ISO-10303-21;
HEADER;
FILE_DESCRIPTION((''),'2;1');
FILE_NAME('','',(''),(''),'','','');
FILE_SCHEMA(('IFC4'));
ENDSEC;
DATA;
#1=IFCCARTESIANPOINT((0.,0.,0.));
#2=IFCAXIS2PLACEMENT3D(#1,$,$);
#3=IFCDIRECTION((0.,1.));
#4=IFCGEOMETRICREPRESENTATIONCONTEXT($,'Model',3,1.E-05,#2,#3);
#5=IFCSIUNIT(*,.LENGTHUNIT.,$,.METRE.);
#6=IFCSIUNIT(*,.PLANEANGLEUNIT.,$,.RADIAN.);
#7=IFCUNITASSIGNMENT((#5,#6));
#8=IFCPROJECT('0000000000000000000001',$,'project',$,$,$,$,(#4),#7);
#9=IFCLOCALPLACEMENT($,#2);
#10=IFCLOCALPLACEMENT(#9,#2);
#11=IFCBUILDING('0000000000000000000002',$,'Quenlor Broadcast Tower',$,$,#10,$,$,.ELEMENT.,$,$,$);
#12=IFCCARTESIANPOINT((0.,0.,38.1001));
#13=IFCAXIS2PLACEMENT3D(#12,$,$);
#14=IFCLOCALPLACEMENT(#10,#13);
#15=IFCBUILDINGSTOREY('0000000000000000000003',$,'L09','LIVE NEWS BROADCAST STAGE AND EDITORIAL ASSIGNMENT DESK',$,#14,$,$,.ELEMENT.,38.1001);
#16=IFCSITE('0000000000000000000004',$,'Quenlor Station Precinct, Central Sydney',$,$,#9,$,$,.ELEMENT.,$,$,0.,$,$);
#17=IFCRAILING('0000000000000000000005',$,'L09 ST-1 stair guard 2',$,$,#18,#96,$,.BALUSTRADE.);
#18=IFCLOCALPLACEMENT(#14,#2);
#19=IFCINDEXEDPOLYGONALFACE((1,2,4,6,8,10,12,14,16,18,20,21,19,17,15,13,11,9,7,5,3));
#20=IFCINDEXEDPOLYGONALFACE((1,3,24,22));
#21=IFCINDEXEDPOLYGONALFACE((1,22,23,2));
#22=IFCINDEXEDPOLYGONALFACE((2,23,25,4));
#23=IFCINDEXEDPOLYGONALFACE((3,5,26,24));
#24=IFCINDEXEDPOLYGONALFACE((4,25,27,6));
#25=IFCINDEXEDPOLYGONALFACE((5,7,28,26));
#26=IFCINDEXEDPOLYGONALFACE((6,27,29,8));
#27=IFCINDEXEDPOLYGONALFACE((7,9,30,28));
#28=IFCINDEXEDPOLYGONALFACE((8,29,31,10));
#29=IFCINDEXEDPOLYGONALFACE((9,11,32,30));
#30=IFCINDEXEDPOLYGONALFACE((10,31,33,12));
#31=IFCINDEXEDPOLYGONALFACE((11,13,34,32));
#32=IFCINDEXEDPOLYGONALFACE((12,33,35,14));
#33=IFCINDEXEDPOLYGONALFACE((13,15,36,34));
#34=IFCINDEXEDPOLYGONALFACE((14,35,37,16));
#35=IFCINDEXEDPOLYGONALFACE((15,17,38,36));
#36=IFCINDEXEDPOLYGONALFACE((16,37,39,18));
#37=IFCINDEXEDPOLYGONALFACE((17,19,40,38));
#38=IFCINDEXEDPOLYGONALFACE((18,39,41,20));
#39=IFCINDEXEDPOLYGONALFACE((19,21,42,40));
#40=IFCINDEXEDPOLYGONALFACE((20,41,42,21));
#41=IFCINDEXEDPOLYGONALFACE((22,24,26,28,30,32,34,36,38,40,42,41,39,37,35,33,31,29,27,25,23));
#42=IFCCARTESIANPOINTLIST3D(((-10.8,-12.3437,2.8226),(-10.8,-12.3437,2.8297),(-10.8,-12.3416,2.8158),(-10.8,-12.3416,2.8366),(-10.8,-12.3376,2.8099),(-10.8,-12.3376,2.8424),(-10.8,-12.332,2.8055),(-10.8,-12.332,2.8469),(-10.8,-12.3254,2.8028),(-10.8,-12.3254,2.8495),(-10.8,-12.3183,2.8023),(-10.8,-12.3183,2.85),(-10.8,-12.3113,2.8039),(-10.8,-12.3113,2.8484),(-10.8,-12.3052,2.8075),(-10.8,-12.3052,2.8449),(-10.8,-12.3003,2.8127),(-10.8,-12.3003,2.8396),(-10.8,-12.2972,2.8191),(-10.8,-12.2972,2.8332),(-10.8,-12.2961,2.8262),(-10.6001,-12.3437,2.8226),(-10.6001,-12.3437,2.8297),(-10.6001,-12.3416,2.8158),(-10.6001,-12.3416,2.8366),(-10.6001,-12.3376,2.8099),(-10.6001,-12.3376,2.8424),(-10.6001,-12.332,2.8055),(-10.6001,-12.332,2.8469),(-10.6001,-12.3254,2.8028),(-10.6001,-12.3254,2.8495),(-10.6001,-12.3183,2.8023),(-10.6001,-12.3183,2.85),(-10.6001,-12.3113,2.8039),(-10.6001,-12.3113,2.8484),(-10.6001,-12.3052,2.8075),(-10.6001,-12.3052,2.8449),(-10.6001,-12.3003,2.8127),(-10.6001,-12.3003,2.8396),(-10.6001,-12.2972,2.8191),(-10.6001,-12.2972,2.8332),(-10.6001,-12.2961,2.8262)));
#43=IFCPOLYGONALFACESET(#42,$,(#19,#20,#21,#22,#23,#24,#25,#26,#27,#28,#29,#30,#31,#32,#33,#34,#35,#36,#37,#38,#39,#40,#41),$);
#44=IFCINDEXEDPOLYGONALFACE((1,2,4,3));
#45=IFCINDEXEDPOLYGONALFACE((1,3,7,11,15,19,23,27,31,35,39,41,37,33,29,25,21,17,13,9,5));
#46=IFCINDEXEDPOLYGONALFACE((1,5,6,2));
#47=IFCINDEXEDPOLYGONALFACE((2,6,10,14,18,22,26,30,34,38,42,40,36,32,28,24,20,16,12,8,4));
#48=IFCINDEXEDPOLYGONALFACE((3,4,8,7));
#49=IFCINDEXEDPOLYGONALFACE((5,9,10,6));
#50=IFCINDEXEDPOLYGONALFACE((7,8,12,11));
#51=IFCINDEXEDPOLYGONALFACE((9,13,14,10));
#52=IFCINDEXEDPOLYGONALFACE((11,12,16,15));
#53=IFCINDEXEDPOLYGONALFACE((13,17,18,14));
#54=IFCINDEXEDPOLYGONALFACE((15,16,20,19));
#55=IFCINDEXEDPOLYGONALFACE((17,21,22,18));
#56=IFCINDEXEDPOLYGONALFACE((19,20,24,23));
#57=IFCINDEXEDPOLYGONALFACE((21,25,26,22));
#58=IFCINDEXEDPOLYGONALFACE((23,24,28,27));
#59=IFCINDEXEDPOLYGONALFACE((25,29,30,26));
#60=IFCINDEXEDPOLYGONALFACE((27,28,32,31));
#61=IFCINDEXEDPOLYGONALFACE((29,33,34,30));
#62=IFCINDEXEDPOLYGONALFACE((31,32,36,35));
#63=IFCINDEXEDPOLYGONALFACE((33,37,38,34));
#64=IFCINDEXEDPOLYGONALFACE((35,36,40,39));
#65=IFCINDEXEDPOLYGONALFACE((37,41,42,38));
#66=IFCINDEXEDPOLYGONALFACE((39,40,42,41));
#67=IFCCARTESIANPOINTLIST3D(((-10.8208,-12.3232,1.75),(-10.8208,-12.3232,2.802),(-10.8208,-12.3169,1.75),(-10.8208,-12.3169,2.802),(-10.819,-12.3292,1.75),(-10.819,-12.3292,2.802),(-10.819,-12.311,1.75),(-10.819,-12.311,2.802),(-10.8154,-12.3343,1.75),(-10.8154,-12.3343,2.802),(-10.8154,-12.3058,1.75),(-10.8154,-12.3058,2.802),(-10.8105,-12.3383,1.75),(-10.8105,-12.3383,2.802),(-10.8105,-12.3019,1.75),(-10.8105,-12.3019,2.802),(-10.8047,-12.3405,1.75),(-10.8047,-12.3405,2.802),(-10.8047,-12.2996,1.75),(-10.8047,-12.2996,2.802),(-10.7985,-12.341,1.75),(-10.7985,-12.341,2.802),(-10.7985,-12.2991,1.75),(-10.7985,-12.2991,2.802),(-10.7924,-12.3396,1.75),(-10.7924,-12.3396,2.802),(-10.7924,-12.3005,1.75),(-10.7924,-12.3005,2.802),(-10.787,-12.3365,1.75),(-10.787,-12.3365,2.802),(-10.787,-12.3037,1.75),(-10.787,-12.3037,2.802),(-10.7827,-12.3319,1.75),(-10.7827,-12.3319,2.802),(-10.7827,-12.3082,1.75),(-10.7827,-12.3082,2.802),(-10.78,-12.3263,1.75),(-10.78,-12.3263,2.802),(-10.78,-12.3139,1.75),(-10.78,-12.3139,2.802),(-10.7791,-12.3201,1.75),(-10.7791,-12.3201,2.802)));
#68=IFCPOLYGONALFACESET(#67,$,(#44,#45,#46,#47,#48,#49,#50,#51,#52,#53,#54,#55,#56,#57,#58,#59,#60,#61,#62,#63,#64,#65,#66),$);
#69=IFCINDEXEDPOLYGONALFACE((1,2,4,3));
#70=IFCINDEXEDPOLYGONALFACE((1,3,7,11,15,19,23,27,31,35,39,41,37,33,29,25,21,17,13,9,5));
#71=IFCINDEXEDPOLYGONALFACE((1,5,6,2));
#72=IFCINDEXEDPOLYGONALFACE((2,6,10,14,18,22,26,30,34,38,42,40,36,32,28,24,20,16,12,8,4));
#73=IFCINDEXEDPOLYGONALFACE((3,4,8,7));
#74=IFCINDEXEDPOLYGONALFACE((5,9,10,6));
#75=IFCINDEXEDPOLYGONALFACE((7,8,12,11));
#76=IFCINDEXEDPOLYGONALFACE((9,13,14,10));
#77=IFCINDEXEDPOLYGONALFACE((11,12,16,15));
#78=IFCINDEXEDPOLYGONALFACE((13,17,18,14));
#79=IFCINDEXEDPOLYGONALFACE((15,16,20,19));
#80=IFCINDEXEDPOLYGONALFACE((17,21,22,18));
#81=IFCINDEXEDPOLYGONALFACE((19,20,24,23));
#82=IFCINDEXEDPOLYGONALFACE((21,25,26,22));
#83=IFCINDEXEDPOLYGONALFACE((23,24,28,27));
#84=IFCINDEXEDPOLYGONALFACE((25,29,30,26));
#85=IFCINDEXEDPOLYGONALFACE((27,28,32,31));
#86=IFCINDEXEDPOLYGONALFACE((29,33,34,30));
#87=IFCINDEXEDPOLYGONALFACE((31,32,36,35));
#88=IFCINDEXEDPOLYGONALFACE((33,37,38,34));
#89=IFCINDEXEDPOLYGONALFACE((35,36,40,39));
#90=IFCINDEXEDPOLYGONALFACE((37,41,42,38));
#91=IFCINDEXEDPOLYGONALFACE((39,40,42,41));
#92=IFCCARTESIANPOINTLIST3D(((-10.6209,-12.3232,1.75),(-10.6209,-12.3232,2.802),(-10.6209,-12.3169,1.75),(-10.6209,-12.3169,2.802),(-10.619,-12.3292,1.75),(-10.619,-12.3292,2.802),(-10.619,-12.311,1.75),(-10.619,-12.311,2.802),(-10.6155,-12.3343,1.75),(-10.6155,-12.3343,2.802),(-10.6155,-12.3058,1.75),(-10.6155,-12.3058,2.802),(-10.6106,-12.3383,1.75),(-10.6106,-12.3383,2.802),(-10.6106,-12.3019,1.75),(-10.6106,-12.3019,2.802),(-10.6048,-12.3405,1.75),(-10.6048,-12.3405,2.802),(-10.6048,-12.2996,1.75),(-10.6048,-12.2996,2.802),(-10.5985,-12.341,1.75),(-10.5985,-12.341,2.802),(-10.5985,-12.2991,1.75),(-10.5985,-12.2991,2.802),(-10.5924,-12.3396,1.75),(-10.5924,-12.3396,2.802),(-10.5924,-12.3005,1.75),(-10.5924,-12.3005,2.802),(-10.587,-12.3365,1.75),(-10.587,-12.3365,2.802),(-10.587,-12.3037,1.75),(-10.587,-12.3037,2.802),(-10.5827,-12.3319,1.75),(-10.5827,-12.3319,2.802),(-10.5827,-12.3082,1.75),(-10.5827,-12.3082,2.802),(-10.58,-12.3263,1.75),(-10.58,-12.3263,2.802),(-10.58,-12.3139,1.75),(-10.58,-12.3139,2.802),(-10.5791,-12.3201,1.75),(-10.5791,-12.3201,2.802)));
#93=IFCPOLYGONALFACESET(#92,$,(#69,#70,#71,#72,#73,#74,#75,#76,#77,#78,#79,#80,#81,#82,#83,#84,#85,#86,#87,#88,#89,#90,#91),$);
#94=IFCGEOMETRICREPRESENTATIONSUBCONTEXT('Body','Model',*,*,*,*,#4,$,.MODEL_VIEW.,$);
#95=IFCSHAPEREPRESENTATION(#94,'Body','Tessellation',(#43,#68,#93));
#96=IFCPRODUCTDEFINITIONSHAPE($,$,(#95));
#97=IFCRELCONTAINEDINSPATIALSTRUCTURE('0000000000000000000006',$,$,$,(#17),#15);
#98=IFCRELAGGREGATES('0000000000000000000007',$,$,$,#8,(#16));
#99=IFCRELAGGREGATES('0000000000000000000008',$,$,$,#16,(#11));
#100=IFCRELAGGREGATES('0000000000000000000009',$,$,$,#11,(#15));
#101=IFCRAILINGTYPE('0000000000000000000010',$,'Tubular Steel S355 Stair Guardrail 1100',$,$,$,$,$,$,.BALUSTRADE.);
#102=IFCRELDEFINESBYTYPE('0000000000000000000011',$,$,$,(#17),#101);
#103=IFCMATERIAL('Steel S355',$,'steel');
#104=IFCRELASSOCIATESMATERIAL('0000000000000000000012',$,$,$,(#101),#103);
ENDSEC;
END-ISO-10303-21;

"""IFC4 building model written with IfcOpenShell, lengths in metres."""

from ifc_helpers import new_model, si_unit, direction, frame, origin, origin_2d, place, context, subcontext, project, spatial, circle, extrude, material, type_object, element, save


model = new_model("IFC4")

# Units and contexts
model_context = context("Model", 3, precision=1e-05, world=origin(), true_north=direction((0.0, 1.0)))
body_context = subcontext(model_context, "Body", "Model", "MODEL_VIEW")
ifc_project = project(units=[si_unit("LENGTHUNIT", "METRE"), si_unit("PLANEANGLEUNIT", "RADIAN")], contexts=[model_context])

# Site, building, storey
site_placement = place(None, origin())
site = spatial("IfcSite", under=ifc_project, at=site_placement, Name="Quenlor Station Precinct, Central Sydney", CompositionType="ELEMENT", RefElevation=0.0)
building_placement = place(site_placement, origin())
building = spatial("IfcBuilding", under=site, at=building_placement, Name="Quenlor Broadcast Tower", CompositionType="ELEMENT")
storey_placement = place(building_placement, frame((0.0, 0.0, 38.1001)))
storey = spatial("IfcBuildingStorey", under=building, at=storey_placement, Name="L09", Description="LIVE NEWS BROADCAST STAGE AND EDITORIAL ASSIGNMENT DESK", CompositionType="ELEMENT", Elevation=38.1001)

# Railing
ifc_material_1 = material(Name="Steel S355", Category="steel")
railing_type_1 = type_object("IfcRailingType", Name="Tubular Steel S355 Stair Guardrail 1100", PredefinedType="BALUSTRADE", material=ifc_material_1)
railing_1_placement = place(storey_placement, frame((-10.8, -12.3201, 1.75)))
element("IfcRailing", 1, at=railing_1_placement, inside=storey, type_object=railing_type_1, Name="L09 ST-1 stair guard 2", PredefinedType="BALUSTRADE", context=body_context, shape_type="SweptSolid", body=[
    extrude(circle(Radius=0.0239, at=origin_2d()), frame((0.0, 0.0, 1.0762), z_axis=(1.0, 0.0, 0.0), x_axis=(0.0, 1.0, 0.0)), (0.0, 0.0, 1.0), 0.2),
    extrude(circle(Radius=0.021, at=origin_2d()), origin(), (0.0, 0.0, 1.0), 1.052),
    extrude(circle(Radius=0.021, at=origin_2d()), frame((0.2, 0.0, 0.0)), (0.0, 0.0, 1.0), 1.052),
])

save(model, "model.ifc")
